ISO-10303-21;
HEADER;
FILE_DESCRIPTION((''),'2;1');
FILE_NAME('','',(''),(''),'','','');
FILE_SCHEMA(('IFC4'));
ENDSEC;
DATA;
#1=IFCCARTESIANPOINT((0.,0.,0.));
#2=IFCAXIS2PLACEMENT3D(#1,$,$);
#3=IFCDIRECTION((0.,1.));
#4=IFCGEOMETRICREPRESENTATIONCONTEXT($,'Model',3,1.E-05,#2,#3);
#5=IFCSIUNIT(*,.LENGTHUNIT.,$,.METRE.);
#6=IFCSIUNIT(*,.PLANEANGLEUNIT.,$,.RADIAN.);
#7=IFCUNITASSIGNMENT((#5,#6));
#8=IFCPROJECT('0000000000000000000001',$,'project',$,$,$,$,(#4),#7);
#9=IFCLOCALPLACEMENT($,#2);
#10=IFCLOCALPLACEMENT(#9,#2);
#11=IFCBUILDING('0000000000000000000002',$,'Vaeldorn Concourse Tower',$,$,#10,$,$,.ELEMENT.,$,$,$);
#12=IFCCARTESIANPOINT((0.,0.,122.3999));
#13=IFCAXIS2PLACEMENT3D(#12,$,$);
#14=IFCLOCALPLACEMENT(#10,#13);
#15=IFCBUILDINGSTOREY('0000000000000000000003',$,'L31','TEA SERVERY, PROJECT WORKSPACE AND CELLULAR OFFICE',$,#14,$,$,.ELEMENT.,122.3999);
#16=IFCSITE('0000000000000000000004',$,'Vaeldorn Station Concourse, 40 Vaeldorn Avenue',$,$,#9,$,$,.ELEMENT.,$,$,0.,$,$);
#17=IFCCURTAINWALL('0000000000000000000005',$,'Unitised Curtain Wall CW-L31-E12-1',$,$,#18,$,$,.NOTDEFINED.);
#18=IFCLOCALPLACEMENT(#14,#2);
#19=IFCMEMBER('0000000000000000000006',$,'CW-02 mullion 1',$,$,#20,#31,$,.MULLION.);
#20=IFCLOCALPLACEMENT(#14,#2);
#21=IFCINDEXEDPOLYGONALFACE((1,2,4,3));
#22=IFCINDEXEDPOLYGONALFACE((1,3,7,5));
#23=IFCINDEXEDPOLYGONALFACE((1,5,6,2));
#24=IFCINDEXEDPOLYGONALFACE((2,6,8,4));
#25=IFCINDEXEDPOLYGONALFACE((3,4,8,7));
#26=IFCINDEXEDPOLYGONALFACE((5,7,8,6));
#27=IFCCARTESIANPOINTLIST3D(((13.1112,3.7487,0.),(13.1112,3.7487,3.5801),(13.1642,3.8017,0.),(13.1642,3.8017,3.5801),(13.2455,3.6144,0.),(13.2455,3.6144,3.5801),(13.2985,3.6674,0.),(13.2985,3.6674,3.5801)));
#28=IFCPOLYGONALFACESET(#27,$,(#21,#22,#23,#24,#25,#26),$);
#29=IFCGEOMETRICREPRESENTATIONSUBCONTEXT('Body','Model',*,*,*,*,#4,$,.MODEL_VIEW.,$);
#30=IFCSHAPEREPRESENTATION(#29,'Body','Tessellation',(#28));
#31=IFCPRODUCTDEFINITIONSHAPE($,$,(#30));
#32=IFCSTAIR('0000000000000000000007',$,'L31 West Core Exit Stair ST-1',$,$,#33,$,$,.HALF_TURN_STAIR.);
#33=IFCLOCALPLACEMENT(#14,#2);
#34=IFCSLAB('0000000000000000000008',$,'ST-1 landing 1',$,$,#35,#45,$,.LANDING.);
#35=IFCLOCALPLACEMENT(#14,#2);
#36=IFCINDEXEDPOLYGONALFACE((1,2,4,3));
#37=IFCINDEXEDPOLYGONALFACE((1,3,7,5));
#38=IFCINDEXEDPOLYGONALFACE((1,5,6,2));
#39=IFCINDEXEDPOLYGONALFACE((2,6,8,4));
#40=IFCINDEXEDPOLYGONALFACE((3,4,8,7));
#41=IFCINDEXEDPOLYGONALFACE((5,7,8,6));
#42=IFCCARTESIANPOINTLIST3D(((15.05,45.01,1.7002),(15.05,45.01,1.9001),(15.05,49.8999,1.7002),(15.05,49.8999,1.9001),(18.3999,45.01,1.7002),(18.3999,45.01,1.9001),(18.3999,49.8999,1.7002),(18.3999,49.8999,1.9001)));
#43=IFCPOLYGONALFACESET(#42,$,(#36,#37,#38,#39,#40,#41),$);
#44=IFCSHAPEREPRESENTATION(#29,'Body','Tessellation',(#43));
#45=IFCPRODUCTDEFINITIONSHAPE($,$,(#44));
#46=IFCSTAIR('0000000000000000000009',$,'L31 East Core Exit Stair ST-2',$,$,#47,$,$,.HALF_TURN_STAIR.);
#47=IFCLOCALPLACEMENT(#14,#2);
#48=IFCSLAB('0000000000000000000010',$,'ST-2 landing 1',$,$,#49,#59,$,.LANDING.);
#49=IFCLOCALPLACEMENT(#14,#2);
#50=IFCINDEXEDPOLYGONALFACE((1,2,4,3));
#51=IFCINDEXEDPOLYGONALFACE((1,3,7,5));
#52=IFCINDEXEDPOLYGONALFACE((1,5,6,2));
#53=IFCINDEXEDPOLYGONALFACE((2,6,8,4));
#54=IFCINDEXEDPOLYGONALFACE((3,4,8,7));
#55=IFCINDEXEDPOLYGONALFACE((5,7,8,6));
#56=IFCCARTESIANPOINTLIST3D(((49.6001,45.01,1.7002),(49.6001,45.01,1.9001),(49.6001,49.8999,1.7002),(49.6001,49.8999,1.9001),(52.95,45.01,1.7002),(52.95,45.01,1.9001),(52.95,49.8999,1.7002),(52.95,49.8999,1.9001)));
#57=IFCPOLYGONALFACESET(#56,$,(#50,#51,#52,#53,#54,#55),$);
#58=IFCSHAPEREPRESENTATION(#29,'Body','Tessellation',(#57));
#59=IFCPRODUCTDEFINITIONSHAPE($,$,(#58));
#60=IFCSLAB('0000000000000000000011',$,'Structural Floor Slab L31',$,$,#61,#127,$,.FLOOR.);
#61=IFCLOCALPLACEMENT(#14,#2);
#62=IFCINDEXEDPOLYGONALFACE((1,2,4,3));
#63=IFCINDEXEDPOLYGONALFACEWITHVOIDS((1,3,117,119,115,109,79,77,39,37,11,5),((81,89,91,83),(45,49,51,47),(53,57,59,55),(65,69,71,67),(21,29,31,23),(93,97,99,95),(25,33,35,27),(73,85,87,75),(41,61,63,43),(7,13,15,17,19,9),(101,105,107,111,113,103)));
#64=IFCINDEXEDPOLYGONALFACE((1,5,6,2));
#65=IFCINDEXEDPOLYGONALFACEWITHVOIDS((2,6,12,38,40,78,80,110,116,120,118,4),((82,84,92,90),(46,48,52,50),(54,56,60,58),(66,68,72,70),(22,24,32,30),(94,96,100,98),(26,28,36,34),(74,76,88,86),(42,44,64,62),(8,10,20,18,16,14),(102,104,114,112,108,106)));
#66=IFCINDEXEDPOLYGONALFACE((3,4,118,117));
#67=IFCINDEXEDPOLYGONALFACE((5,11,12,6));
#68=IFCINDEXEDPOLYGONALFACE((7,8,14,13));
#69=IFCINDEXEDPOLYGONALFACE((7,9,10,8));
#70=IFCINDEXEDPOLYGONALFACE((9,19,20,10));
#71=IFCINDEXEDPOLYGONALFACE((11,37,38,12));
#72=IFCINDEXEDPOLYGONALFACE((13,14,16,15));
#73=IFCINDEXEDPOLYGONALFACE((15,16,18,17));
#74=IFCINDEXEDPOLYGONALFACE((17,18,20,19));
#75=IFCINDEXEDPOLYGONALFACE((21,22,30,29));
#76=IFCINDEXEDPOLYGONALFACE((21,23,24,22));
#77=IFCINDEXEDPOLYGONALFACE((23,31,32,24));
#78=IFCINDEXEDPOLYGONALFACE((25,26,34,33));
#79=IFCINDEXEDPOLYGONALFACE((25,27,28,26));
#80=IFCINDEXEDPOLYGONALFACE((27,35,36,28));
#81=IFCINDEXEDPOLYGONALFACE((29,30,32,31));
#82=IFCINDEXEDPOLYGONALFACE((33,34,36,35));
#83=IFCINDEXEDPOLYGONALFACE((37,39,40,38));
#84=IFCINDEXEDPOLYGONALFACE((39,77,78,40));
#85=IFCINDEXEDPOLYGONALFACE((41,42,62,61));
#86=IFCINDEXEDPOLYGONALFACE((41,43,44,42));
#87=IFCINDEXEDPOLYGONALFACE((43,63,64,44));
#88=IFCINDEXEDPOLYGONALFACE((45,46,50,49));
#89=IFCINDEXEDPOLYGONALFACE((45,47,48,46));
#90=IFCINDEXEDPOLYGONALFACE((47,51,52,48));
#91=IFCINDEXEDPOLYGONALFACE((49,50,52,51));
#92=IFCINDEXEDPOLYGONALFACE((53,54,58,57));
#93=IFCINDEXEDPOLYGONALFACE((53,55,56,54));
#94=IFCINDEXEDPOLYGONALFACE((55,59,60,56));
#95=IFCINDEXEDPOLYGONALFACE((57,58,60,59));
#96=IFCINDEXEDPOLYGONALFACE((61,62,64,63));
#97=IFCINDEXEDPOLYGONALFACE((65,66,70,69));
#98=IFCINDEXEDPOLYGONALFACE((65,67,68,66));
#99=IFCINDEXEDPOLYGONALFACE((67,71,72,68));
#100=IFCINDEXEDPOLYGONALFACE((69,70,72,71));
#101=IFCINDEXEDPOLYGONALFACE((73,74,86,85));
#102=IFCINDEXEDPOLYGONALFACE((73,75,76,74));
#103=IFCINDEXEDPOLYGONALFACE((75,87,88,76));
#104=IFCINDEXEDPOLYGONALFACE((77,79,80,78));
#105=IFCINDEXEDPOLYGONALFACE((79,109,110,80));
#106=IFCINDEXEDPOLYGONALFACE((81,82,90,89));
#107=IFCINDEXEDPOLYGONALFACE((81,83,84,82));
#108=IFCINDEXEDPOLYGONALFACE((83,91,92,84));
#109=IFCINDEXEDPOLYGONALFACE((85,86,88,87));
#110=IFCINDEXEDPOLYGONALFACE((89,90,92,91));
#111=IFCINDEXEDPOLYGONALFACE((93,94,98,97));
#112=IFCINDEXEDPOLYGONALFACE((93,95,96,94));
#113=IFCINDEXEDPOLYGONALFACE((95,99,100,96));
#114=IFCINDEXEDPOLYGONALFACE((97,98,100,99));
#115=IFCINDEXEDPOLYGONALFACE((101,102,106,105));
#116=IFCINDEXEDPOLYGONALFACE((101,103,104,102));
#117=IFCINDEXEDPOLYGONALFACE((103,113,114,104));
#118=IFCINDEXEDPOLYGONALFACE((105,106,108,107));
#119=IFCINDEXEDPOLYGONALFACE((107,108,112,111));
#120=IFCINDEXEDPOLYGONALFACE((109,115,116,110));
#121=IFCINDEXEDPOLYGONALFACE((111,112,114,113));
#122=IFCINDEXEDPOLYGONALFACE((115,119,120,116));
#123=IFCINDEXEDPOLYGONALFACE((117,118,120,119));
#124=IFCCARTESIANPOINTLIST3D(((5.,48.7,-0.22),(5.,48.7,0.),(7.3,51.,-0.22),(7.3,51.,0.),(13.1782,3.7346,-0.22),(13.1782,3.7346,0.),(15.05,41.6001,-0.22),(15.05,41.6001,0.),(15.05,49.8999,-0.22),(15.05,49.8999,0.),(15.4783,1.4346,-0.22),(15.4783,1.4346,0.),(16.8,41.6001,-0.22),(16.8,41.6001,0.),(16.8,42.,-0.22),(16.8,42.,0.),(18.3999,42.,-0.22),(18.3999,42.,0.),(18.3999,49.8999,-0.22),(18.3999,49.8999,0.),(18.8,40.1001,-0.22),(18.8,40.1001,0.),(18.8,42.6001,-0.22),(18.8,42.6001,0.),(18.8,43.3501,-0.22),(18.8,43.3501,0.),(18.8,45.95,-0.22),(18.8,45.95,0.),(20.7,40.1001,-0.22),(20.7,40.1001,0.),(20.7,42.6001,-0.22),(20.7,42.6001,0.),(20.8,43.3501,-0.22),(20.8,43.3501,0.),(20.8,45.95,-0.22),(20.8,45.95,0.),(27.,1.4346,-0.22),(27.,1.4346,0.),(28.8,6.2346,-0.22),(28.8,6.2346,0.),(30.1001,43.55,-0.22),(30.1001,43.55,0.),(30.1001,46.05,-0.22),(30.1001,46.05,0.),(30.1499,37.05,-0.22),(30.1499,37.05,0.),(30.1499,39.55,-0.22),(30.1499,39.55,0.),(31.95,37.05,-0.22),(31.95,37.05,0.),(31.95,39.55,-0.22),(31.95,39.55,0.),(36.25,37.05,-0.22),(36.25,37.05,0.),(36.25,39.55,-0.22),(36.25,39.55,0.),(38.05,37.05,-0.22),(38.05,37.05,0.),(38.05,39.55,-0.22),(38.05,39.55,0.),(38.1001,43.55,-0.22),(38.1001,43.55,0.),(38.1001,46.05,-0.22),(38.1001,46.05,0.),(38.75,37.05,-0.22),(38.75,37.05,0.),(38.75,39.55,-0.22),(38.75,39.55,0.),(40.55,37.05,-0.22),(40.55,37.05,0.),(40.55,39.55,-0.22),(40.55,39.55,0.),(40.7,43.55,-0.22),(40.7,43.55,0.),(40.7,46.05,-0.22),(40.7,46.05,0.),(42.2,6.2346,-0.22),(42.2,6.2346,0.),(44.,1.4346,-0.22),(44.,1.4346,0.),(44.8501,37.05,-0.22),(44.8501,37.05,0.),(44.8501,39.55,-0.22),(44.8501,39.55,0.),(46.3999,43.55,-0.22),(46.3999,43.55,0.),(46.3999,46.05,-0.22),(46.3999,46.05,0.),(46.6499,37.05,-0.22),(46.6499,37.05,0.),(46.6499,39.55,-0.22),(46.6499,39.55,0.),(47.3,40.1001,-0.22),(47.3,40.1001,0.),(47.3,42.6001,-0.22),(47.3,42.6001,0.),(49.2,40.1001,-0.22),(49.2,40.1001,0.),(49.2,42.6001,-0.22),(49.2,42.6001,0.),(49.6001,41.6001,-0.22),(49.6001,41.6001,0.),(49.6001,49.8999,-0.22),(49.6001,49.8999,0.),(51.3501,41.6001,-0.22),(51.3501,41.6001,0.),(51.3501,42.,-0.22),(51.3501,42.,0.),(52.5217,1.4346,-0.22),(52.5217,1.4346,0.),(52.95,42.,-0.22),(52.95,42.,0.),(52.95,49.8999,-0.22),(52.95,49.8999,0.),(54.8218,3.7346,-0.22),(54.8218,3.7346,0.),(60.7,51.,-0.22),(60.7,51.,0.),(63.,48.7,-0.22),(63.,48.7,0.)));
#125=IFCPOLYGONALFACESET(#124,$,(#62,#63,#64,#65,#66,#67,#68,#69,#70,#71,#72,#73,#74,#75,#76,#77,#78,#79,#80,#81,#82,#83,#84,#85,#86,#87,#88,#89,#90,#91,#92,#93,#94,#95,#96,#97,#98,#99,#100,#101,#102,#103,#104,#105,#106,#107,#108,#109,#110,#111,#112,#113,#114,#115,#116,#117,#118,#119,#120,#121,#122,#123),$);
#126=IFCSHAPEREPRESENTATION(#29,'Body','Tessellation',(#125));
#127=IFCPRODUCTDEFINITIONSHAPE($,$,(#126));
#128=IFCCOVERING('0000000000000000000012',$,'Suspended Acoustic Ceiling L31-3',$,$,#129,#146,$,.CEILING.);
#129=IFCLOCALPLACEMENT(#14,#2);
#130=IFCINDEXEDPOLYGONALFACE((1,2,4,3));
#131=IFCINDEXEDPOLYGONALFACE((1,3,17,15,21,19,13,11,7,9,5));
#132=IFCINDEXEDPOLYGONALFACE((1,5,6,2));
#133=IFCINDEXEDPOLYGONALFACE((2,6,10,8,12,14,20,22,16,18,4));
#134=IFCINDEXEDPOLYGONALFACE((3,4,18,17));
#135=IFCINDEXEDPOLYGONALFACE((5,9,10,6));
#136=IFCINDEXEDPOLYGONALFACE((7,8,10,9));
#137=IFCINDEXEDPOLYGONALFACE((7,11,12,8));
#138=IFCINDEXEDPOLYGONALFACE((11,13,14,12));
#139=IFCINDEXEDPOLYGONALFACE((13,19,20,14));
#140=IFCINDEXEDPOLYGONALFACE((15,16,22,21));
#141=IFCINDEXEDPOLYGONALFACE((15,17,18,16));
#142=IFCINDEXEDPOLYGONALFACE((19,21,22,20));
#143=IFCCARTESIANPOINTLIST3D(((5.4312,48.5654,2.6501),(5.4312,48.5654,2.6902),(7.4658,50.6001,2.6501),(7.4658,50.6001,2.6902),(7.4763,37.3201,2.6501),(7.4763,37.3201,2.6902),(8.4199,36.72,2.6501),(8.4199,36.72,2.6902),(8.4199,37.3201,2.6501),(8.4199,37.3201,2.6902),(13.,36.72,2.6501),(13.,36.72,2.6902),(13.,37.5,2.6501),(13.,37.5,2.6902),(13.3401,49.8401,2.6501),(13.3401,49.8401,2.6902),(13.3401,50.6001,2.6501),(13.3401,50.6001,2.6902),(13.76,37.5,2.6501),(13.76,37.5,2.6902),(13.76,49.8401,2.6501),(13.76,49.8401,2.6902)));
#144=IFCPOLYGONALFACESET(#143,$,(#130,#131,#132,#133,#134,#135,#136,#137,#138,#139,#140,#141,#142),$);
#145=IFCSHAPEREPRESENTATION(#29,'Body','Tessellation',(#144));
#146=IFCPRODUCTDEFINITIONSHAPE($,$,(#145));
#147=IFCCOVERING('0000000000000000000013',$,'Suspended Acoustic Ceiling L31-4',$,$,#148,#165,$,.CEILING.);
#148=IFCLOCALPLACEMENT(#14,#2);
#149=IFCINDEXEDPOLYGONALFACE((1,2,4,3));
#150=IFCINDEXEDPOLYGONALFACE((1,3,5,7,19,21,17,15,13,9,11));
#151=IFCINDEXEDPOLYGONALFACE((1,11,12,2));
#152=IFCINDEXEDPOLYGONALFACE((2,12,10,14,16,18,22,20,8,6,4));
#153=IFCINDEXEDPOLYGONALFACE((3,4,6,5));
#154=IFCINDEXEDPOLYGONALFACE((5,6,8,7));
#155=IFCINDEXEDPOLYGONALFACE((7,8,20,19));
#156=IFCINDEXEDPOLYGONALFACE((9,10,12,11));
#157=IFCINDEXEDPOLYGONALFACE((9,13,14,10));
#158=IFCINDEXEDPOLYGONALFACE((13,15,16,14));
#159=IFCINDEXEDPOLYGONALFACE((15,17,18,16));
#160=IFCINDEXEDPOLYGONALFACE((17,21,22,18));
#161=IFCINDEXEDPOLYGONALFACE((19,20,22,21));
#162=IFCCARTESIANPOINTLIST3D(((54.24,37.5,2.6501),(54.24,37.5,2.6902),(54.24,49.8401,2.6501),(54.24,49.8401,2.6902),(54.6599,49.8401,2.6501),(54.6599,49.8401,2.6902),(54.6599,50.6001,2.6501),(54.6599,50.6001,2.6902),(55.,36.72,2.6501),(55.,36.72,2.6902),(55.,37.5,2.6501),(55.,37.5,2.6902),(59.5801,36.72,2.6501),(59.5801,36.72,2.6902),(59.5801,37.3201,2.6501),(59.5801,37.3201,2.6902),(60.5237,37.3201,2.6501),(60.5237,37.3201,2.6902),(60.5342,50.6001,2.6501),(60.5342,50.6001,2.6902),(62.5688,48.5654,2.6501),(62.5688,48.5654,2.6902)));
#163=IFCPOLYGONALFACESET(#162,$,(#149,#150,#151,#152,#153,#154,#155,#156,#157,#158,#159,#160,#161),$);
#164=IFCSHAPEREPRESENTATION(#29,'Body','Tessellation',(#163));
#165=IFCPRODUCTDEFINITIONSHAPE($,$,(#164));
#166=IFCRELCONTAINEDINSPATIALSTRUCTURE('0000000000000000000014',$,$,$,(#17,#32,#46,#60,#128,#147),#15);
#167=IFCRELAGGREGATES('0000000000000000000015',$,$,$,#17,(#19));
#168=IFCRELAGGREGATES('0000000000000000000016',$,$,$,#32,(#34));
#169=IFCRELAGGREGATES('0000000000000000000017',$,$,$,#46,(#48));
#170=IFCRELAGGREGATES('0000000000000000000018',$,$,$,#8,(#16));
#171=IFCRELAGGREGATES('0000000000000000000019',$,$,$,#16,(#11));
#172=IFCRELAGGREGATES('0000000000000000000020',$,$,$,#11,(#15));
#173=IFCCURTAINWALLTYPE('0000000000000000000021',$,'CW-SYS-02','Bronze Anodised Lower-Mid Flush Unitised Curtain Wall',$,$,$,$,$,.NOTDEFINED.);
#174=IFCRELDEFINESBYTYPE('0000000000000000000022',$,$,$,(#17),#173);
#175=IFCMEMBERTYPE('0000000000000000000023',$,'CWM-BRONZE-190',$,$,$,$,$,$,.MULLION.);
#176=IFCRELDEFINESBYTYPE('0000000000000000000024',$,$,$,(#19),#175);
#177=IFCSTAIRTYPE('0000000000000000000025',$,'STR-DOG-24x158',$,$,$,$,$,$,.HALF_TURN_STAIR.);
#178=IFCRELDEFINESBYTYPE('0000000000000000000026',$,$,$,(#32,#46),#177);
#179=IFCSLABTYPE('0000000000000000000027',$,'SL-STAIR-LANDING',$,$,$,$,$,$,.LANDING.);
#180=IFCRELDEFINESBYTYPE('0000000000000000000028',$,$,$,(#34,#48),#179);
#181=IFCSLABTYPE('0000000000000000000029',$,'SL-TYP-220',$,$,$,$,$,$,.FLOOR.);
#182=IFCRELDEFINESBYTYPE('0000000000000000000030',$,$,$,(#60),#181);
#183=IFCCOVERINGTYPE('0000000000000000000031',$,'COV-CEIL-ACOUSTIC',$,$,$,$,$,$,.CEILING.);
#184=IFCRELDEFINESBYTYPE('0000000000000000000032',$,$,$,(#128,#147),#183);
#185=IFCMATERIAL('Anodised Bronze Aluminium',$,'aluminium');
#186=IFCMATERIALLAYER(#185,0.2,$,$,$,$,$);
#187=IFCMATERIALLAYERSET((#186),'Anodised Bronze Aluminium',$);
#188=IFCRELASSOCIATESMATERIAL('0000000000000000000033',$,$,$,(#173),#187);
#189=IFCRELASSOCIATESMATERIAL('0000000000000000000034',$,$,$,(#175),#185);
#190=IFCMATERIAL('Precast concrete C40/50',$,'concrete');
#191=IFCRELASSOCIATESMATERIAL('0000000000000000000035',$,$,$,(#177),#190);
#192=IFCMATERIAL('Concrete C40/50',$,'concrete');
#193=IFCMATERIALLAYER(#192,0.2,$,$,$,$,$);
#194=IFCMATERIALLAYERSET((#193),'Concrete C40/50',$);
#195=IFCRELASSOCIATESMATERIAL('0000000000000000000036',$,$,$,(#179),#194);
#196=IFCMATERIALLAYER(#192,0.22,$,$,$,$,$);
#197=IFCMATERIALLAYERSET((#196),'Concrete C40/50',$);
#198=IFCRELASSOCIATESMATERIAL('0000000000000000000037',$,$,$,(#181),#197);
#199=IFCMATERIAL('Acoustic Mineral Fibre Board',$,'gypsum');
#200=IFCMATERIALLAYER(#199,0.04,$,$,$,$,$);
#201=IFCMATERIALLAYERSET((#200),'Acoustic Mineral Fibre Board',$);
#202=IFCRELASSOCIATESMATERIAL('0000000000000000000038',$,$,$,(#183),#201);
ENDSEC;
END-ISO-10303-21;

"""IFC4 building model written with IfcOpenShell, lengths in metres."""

from ifc_helpers import new_model, si_unit, direction, frame, origin, origin_2d, place, context, subcontext, project, spatial, polyline, rectangle, outline, extrude, source, transform, mapped, material, layer, layer_set, material_profile, profile_set, type_object, element, aggregate, save


model = new_model("IFC4")

# Units and contexts
model_context = context("Model", 3, precision=1e-05, world=origin(), true_north=direction((0.0, 1.0)))
body_context = subcontext(model_context, "Body", "Model", "MODEL_VIEW")
ifc_project = project(units=[si_unit("LENGTHUNIT", "METRE"), si_unit("PLANEANGLEUNIT", "RADIAN")], contexts=[model_context])

# Site, building, storey
site_placement = place(None, origin())
site = spatial("IfcSite", under=ifc_project, at=site_placement, Name="Vaeldorn Station Concourse, 40 Vaeldorn Avenue", CompositionType="ELEMENT", RefElevation=0.0)
building_placement = place(site_placement, origin())
building = spatial("IfcBuilding", under=site, at=building_placement, Name="Vaeldorn Concourse Tower", CompositionType="ELEMENT")
storey_placement = place(building_placement, frame((0.0, 0.0, 122.3999)))
storey = spatial("IfcBuildingStorey", under=building, at=storey_placement, Name="L31", Description="TEA SERVERY, PROJECT WORKSPACE AND CELLULAR OFFICE", CompositionType="ELEMENT", Elevation=122.3999)

# Curtain wall, member
ifc_material_1 = material(Name="Anodised Bronze Aluminium", Category="aluminium")
ifc_layer_1 = layer(ifc_material_1, 0.2)
ifc_layer_set_1 = layer_set([ifc_layer_1], Name="Anodised Bronze Aluminium")
curtain_wall_type = type_object("IfcCurtainWallType", Name="CW-SYS-02", Description="Bronze Anodised Lower-Mid Flush Unitised Curtain Wall", PredefinedType="NOTDEFINED", material=ifc_layer_set_1)
curtain_wall_placement = place(storey_placement, origin())
curtain_wall = element("IfcCurtainWall", 1, at=curtain_wall_placement, inside=storey, type_object=curtain_wall_type, Name="Unitised Curtain Wall CW-L31-E12-1", PredefinedType="NOTDEFINED")
ifc_material_profile = material_profile(ifc_material_1, rectangle(XDim=0.075, YDim=0.1899, at=origin_2d()), Name="CWM 75x190")
ifc_profile_set = profile_set([ifc_material_profile], Name="Anodised Bronze Aluminium")
member_type = type_object("IfcMemberType", Name="CWM-BRONZE-190", PredefinedType="MULLION", material=ifc_profile_set)
shared_shape = source(origin(), body_context, "Body", "SweptSolid", [
    extrude(rectangle(XDim=0.075, YDim=0.1899, at=origin_2d()), origin(), (0.0, 0.0, 1.0), 3.5801),
])
member_placement = place(storey_placement, frame((13.2048, 3.708, 0.0), z_axis=(0.0, 0.0, 1.0), x_axis=(0.707107, 0.707107, 0.0)))
member = element("IfcMember", 2, at=member_placement, type_object=member_type, Name="CW-02 mullion 1", PredefinedType="MULLION", context=body_context, shape_type="MappedRepresentation", body=[
    mapped(shared_shape, transform((0.0, 0.0, 0.0), scale=1.0)),
])
aggregate(curtain_wall, [member])

# Stairs, slabs
ifc_material_2 = material(Name="Precast concrete C40/50", Category="concrete")
stair_type = type_object("IfcStairType", Name="STR-DOG-24x158", PredefinedType="HALF_TURN_STAIR", material=ifc_material_2)
stair_1_placement = place(storey_placement, origin())
stair_1 = element("IfcStair", 3, at=stair_1_placement, inside=storey, type_object=stair_type, Name="L31 West Core Exit Stair ST-1", PredefinedType="HALF_TURN_STAIR")
ifc_material_3 = material(Name="Concrete C40/50", Category="concrete")
ifc_layer_2 = layer(ifc_material_3, 0.2)
ifc_layer_set_2 = layer_set([ifc_layer_2], Name="Concrete C40/50")
slab_type_1 = type_object("IfcSlabType", Name="SL-STAIR-LANDING", PredefinedType="LANDING", material=ifc_layer_set_2)
slab_1_placement = place(storey_placement, frame((0.0, 0.0, 1.7002)))
slab_1 = element("IfcSlab", 4, at=slab_1_placement, type_object=slab_type_1, Name="ST-1 landing 1", PredefinedType="LANDING", context=body_context, shape_type="SweptSolid", body=[
    extrude(outline(polyline([(18.3999, 45.01), (18.3999, 49.8999), (15.05, 49.8999), (15.05, 45.01), (18.3999, 45.01)])), origin(), (0.0, 0.0, 1.0), 0.2),
])
aggregate(stair_1, [slab_1])
stair_2_placement = place(storey_placement, origin())
stair_2 = element("IfcStair", 5, at=stair_2_placement, inside=storey, type_object=stair_type, Name="L31 East Core Exit Stair ST-2", PredefinedType="HALF_TURN_STAIR")
slab_2_placement = place(storey_placement, frame((0.0, 0.0, 1.7002)))
slab_2 = element("IfcSlab", 6, at=slab_2_placement, type_object=slab_type_1, Name="ST-2 landing 1", PredefinedType="LANDING", context=body_context, shape_type="SweptSolid", body=[
    extrude(outline(polyline([(52.95, 45.01), (52.95, 49.8999), (49.6001, 49.8999), (49.6001, 45.01), (52.95, 45.01)])), origin(), (0.0, 0.0, 1.0), 0.2),
])
aggregate(stair_2, [slab_2])

# Slab
ifc_layer_3 = layer(ifc_material_3, 0.22)
ifc_layer_set_3 = layer_set([ifc_layer_3], Name="Concrete C40/50")
slab_type_2 = type_object("IfcSlabType", Name="SL-TYP-220", PredefinedType="FLOOR", material=ifc_layer_set_3)
slab_3_placement = place(storey_placement, frame((0.0, 0.0, -0.22)))
element("IfcSlab", 7, at=slab_3_placement, inside=storey, type_object=slab_type_2, Name="Structural Floor Slab L31", PredefinedType="FLOOR", context=body_context, shape_type="SweptSolid", body=[
    extrude(outline(polyline([(15.4783, 1.4346), (27.0, 1.4346), (28.8, 6.2346), (42.2, 6.2346), (44.0, 1.4346), (52.5217, 1.4346), (54.8218, 3.7346), (63.0, 48.7), (60.7, 51.0), (7.3, 51.0), (5.0, 48.7), (13.1782, 3.7346), (15.4783, 1.4346)]), holes=[polyline([(18.3999, 42.0), (18.3999, 49.8999), (15.05, 49.8999), (15.05, 41.6001), (16.8, 41.6001), (16.8, 42.0), (18.3999, 42.0)]), polyline([(52.95, 42.0), (52.95, 49.8999), (49.6001, 49.8999), (49.6001, 41.6001), (51.3501, 41.6001), (51.3501, 42.0), (52.95, 42.0)]), polyline([(30.1499, 37.05), (31.95, 37.05), (31.95, 39.55), (30.1499, 39.55), (30.1499, 37.05)]), polyline([(36.25, 37.05), (38.05, 37.05), (38.05, 39.55), (36.25, 39.55), (36.25, 37.05)]), polyline([(30.1001, 43.55), (38.1001, 43.55), (38.1001, 46.05), (30.1001, 46.05), (30.1001, 43.55)]), polyline([(38.75, 37.05), (40.55, 37.05), (40.55, 39.55), (38.75, 39.55), (38.75, 37.05)]), polyline([(44.8501, 37.05), (46.6499, 37.05), (46.6499, 39.55), (44.8501, 39.55), (44.8501, 37.05)]), polyline([(40.7, 43.55), (46.3999, 43.55), (46.3999, 46.05), (40.7, 46.05), (40.7, 43.55)]), polyline([(18.8, 43.3501), (20.8, 43.3501), (20.8, 45.95), (18.8, 45.95), (18.8, 43.3501)]), polyline([(18.8, 40.1001), (20.7, 40.1001), (20.7, 42.6001), (18.8, 42.6001), (18.8, 40.1001)]), polyline([(47.3, 40.1001), (49.2, 40.1001), (49.2, 42.6001), (47.3, 42.6001), (47.3, 40.1001)])]), origin(), (0.0, 0.0, 1.0), 0.22),
])

# Coverings
ifc_material_4 = material(Name="Acoustic Mineral Fibre Board", Category="gypsum")
ifc_layer_4 = layer(ifc_material_4, 0.04)
ifc_layer_set_4 = layer_set([ifc_layer_4], Name="Acoustic Mineral Fibre Board")
covering_type_1 = type_object("IfcCoveringType", Name="COV-CEIL-ACOUSTIC", PredefinedType="CEILING", material=ifc_layer_set_4)
covering_1_placement = place(storey_placement, frame((0.0, 0.0, 2.6501)))
element("IfcCovering", 8, at=covering_1_placement, inside=storey, type_object=covering_type_1, Name="Suspended Acoustic Ceiling L31-3", PredefinedType="CEILING", context=body_context, shape_type="SweptSolid", body=[
    extrude(outline(polyline([(7.4658, 50.6001), (13.3401, 50.6001), (13.3401, 49.8401), (13.76, 49.8401), (13.76, 37.5), (13.0, 37.5), (13.0, 36.72), (8.4199, 36.72), (8.4199, 37.3201), (7.4763, 37.3201), (5.4312, 48.5654), (7.4658, 50.6001)])), origin(), (0.0, 0.0, 1.0), 0.04),
])
covering_2_placement = place(storey_placement, frame((0.0, 0.0, 2.6501)))
element("IfcCovering", 9, at=covering_2_placement, inside=storey, type_object=covering_type_1, Name="Suspended Acoustic Ceiling L31-4", PredefinedType="CEILING", context=body_context, shape_type="SweptSolid", body=[
    extrude(outline(polyline([(54.6599, 49.8401), (54.6599, 50.6001), (60.5342, 50.6001), (62.5688, 48.5654), (60.5237, 37.3201), (59.5801, 37.3201), (59.5801, 36.72), (55.0, 36.72), (55.0, 37.5), (54.24, 37.5), (54.24, 49.8401), (54.6599, 49.8401)])), origin(), (0.0, 0.0, 1.0), 0.04),
])

save(model, "model.ifc")
